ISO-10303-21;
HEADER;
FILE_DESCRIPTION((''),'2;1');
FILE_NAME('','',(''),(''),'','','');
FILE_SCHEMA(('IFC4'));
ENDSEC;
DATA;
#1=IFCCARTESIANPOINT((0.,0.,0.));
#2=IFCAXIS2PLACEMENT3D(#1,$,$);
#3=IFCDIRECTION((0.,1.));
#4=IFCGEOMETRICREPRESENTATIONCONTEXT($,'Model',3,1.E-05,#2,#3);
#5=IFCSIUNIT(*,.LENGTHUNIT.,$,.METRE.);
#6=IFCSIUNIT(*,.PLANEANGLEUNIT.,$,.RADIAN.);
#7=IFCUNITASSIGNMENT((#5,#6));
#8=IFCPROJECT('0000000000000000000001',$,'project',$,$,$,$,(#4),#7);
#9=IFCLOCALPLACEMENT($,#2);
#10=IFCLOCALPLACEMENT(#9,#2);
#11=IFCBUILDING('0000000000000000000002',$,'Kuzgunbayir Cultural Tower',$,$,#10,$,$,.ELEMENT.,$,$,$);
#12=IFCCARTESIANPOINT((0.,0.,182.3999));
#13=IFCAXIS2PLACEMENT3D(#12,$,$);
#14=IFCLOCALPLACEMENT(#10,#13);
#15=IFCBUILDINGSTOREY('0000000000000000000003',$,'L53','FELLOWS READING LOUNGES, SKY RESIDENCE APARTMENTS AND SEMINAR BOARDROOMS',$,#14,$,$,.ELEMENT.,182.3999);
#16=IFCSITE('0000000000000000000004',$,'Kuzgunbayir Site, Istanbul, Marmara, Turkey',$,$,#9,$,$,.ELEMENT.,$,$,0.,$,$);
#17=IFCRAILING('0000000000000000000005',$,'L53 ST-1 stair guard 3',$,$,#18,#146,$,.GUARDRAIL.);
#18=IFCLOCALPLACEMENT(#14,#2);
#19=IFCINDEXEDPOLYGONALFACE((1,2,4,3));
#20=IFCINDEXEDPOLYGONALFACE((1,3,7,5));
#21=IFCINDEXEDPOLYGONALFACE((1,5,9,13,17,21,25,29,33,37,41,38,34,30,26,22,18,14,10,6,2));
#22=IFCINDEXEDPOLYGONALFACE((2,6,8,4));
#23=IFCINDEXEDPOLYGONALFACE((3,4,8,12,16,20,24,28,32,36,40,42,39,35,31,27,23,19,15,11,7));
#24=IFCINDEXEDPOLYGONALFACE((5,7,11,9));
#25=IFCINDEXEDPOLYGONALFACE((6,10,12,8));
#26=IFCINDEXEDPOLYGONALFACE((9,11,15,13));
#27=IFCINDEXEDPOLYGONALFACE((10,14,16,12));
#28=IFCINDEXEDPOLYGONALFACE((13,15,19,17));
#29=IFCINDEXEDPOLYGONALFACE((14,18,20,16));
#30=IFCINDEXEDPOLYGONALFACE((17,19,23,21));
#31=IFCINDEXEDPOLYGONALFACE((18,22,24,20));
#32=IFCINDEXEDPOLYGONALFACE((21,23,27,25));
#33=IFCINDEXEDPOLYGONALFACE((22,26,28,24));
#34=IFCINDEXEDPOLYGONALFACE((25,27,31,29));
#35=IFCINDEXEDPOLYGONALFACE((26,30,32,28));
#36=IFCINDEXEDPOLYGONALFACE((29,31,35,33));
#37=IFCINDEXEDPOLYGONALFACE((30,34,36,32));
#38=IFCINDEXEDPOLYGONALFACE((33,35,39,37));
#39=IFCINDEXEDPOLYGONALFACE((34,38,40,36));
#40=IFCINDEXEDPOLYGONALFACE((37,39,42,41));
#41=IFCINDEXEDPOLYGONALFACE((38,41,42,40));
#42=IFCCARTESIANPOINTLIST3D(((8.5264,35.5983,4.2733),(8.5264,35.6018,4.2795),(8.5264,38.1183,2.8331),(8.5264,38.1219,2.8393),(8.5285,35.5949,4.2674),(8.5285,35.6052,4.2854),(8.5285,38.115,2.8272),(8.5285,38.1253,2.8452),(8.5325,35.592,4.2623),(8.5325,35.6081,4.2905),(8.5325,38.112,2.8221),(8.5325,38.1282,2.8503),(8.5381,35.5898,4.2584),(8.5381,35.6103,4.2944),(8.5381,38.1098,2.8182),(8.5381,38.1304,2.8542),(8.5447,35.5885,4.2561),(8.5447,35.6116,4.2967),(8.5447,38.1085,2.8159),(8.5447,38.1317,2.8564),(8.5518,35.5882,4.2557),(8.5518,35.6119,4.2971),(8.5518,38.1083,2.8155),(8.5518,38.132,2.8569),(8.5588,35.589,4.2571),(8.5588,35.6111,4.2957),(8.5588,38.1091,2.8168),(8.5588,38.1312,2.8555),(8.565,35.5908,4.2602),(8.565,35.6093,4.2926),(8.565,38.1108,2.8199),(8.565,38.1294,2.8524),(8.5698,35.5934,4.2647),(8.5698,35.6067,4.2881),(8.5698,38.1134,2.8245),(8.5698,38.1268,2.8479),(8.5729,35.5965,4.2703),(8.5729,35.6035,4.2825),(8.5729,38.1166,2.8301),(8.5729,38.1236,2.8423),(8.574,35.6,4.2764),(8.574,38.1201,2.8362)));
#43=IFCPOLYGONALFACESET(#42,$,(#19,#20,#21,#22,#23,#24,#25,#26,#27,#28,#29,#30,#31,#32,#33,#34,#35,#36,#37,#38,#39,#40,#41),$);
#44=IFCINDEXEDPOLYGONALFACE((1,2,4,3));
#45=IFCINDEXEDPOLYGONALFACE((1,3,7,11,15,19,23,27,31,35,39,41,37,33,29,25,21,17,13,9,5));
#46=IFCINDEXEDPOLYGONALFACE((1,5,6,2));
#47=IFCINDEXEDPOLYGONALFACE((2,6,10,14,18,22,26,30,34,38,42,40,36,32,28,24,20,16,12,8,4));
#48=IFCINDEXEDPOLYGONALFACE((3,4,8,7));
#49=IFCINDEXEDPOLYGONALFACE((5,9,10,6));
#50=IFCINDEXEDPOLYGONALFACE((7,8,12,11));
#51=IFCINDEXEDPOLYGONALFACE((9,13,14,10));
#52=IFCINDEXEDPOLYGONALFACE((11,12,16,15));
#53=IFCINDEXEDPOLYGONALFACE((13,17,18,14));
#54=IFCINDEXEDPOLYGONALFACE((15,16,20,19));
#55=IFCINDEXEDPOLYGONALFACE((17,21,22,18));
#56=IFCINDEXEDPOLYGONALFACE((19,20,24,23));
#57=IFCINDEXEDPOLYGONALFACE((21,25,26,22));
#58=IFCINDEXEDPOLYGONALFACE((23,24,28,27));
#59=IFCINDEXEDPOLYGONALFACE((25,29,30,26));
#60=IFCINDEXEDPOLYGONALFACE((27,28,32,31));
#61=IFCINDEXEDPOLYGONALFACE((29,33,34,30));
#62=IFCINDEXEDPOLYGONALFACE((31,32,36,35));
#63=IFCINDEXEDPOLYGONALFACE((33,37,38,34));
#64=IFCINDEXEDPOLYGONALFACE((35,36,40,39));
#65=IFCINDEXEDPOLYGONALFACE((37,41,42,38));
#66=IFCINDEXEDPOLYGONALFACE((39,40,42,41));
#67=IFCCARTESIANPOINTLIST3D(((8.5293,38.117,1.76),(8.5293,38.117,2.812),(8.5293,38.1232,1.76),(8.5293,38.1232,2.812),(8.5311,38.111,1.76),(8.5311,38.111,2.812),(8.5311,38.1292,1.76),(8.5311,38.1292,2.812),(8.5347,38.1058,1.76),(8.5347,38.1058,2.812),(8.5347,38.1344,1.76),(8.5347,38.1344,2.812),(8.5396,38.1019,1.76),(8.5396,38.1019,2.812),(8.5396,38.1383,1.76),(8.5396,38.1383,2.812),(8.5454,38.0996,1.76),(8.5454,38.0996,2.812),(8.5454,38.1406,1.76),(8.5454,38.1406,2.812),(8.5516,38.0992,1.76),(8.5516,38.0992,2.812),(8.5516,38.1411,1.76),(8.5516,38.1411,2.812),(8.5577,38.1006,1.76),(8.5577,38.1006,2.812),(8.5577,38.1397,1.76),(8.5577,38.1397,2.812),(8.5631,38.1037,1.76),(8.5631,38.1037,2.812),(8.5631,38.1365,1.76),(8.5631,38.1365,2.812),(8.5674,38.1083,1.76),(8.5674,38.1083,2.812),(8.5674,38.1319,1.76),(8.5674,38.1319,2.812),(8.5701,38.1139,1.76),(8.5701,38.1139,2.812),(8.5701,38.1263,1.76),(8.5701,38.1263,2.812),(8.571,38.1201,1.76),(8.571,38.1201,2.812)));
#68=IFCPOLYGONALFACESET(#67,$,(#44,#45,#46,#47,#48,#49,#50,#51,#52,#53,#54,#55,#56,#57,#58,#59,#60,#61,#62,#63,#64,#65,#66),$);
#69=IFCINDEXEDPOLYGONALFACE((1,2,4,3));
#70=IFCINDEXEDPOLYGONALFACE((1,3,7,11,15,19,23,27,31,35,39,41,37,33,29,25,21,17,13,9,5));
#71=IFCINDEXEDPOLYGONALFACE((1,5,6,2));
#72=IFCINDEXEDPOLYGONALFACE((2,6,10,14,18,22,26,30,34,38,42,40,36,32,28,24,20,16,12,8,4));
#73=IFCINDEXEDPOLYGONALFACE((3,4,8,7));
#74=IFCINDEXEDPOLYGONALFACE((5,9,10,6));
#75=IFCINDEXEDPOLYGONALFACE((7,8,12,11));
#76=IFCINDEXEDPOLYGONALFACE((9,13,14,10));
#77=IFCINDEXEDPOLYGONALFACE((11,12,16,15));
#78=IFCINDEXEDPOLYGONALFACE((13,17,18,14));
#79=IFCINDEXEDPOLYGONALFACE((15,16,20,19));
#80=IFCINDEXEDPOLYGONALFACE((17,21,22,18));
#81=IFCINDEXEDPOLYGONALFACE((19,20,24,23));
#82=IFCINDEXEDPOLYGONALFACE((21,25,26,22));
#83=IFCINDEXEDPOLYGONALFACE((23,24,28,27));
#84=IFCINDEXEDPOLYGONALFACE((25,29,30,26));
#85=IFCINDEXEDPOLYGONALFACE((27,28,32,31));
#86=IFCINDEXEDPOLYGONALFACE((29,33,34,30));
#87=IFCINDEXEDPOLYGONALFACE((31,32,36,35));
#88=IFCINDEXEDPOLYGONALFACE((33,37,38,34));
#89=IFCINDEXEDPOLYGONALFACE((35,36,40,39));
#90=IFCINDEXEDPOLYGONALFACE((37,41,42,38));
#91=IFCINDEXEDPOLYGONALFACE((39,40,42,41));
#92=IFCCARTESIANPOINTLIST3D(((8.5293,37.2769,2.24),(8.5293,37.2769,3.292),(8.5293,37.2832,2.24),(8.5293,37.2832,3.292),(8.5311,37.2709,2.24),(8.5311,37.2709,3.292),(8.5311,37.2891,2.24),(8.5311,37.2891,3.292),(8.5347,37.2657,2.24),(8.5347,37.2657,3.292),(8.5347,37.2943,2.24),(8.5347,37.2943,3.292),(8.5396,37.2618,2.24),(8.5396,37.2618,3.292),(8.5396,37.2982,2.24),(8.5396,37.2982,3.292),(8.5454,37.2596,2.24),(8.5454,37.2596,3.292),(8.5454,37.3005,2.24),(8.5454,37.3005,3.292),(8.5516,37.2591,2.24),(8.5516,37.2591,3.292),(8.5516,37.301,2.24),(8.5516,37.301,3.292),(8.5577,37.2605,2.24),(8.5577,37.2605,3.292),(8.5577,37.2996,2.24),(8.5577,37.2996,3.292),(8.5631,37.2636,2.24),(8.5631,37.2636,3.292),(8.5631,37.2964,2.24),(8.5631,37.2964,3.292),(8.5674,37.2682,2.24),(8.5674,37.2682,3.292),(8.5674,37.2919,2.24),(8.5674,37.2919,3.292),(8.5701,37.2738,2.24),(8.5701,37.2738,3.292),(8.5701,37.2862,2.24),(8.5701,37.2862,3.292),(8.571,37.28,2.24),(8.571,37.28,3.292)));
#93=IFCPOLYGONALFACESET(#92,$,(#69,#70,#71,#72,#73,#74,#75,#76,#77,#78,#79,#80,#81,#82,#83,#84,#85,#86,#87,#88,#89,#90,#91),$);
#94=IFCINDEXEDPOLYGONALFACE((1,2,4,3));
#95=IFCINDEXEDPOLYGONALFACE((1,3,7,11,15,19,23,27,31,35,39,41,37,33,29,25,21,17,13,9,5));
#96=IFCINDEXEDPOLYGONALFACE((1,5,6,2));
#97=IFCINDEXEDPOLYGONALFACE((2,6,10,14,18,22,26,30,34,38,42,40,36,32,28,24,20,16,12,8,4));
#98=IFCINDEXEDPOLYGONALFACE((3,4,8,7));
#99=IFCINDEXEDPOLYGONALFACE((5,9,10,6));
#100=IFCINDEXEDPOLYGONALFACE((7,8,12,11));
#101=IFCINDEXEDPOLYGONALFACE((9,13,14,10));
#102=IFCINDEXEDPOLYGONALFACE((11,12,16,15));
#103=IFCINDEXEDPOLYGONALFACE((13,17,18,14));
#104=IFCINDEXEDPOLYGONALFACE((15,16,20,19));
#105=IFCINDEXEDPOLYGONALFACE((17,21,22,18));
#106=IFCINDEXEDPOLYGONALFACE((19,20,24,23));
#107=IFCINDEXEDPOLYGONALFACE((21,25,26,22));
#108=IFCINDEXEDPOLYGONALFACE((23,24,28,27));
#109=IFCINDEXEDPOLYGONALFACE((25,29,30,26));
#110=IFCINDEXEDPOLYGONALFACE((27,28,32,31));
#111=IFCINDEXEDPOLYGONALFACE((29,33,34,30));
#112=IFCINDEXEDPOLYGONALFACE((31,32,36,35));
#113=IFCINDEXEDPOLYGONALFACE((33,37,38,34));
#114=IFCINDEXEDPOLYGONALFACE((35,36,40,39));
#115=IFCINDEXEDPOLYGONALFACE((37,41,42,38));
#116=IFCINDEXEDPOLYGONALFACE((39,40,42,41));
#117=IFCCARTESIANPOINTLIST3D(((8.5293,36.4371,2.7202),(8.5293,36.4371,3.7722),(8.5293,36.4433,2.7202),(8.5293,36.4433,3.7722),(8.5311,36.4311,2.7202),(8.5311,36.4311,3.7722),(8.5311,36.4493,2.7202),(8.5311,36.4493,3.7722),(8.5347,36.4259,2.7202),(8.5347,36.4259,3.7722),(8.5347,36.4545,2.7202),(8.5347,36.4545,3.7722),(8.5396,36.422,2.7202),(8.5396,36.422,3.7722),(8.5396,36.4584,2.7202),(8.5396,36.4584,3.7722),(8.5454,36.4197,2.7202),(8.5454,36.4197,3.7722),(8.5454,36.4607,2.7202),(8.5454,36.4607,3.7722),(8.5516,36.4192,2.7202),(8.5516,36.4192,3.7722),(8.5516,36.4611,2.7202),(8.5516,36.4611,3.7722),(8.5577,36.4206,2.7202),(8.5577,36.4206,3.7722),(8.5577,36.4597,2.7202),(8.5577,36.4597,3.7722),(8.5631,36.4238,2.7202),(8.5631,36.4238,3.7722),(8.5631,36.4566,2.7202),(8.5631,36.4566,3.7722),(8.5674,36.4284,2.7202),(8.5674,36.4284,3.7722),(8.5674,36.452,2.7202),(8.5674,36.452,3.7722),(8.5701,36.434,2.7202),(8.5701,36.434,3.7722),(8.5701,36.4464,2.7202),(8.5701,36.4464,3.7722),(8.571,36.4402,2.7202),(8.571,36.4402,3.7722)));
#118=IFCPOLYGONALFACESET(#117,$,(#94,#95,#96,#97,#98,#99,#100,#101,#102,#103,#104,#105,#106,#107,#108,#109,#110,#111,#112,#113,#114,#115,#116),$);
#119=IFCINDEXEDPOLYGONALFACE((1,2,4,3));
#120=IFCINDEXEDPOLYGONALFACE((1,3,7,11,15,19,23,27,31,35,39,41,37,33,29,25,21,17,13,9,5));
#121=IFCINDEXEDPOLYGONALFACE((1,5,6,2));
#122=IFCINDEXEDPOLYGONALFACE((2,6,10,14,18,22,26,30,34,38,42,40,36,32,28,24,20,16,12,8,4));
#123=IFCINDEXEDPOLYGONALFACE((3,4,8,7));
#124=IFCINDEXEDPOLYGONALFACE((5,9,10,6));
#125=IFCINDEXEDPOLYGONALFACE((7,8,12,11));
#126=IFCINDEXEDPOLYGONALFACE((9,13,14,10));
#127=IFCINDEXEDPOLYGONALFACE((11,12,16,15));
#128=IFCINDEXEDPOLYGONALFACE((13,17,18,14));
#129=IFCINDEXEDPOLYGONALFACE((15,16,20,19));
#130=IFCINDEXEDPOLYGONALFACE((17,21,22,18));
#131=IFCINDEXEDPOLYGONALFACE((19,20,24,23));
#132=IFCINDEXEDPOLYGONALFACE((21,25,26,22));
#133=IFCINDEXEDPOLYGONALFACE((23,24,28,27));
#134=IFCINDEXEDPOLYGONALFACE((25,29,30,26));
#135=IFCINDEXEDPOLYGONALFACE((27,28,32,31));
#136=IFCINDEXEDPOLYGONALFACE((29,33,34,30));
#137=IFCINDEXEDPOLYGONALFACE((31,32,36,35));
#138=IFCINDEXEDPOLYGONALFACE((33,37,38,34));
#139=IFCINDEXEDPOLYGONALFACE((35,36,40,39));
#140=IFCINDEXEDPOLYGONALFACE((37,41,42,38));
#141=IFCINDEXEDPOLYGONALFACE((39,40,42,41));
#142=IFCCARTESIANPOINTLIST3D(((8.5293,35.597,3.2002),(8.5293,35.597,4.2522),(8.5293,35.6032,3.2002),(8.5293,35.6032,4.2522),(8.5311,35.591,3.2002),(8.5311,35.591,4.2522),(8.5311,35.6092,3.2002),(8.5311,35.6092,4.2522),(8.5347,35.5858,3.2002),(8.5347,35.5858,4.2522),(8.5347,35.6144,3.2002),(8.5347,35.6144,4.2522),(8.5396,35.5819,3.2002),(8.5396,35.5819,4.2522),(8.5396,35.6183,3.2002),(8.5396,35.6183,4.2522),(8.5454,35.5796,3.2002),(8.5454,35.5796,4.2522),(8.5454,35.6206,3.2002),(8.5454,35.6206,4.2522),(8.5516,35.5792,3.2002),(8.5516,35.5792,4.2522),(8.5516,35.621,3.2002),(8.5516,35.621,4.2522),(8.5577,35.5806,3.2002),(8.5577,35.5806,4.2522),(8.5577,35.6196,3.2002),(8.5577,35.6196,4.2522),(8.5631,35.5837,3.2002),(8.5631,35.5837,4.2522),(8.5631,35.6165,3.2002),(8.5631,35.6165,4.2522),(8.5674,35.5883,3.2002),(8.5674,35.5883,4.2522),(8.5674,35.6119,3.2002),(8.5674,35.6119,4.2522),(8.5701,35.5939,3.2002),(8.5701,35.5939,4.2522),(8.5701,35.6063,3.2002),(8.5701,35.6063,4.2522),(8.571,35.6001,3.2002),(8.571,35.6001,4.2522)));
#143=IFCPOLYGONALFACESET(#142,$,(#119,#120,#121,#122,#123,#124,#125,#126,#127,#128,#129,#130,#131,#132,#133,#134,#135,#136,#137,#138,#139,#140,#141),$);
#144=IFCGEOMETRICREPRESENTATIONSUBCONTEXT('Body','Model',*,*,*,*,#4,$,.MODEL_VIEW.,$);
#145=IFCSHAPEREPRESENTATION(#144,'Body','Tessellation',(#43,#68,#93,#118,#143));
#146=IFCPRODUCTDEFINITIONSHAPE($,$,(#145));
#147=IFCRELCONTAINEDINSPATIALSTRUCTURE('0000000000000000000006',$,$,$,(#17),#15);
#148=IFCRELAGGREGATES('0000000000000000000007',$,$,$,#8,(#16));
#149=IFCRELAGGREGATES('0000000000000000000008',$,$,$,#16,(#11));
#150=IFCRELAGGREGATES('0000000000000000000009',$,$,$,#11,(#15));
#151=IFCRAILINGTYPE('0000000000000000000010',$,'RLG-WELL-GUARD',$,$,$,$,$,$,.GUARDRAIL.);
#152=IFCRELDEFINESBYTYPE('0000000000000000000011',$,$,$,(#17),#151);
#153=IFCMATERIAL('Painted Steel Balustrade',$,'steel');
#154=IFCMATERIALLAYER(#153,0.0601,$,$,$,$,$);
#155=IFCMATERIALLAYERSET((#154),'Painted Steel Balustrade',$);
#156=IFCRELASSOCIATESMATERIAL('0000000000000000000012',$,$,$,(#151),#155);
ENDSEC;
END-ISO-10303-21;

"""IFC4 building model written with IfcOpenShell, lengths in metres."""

from ifc_helpers import new_model, si_unit, direction, frame, origin, origin_2d, place, context, subcontext, project, spatial, circle, extrude, material, layer, layer_set, type_object, element, save


model = new_model("IFC4")

# Units and contexts
model_context = context("Model", 3, precision=1e-05, world=origin(), true_north=direction((0.0, 1.0)))
body_context = subcontext(model_context, "Body", "Model", "MODEL_VIEW")
ifc_project = project(units=[si_unit("LENGTHUNIT", "METRE"), si_unit("PLANEANGLEUNIT", "RADIAN")], contexts=[model_context])

# Site, building, storey
site_placement = place(None, origin())
site = spatial("IfcSite", under=ifc_project, at=site_placement, Name="Kuzgunbayir Site, Istanbul, Marmara, Turkey", CompositionType="ELEMENT", RefElevation=0.0)
building_placement = place(site_placement, origin())
building = spatial("IfcBuilding", under=site, at=building_placement, Name="Kuzgunbayir Cultural Tower", CompositionType="ELEMENT")
storey_placement = place(building_placement, frame((0.0, 0.0, 182.3999)))
storey = spatial("IfcBuildingStorey", under=building, at=storey_placement, Name="L53", Description="FELLOWS READING LOUNGES, SKY RESIDENCE APARTMENTS AND SEMINAR BOARDROOMS", CompositionType="ELEMENT", Elevation=182.3999)

# Railing
ifc_material_1 = material(Name="Painted Steel Balustrade", Category="steel")
ifc_layer_1 = layer(ifc_material_1, 0.0601)
ifc_layer_set_1 = layer_set([ifc_layer_1], Name="Painted Steel Balustrade")
railing_type_1 = type_object("IfcRailingType", Name="RLG-WELL-GUARD", PredefinedType="GUARDRAIL", material=ifc_layer_set_1)
railing_1_placement = place(storey_placement, frame((8.55, 38.1201, 1.76)))
element("IfcRailing", 1, at=railing_1_placement, inside=storey, type_object=railing_type_1, Name="L53 ST-1 stair guard 3", PredefinedType="GUARDRAIL", context=body_context, shape_type="SweptSolid", body=[
    extrude(circle(Radius=0.0239, at=origin_2d()), frame((0.0, 0.0, 1.0762), z_axis=(0.0, -0.868217, 0.496184), x_axis=(1.0, 0.0, 0.0)), (0.0, 0.0, 1.0), 2.9026),
    extrude(circle(Radius=0.021, at=origin_2d()), origin(), (0.0, 0.0, 1.0), 1.052),
    extrude(circle(Radius=0.021, at=origin_2d()), frame((0.0, -0.8401, 0.48)), (0.0, 0.0, 1.0), 1.052),
    extrude(circle(Radius=0.021, at=origin_2d()), frame((0.0, -1.6799, 0.9602)), (0.0, 0.0, 1.0), 1.052),
    extrude(circle(Radius=0.021, at=origin_2d()), frame((0.0, -2.52, 1.4402)), (0.0, 0.0, 1.0), 1.052),
])

save(model, "model.ifc")
